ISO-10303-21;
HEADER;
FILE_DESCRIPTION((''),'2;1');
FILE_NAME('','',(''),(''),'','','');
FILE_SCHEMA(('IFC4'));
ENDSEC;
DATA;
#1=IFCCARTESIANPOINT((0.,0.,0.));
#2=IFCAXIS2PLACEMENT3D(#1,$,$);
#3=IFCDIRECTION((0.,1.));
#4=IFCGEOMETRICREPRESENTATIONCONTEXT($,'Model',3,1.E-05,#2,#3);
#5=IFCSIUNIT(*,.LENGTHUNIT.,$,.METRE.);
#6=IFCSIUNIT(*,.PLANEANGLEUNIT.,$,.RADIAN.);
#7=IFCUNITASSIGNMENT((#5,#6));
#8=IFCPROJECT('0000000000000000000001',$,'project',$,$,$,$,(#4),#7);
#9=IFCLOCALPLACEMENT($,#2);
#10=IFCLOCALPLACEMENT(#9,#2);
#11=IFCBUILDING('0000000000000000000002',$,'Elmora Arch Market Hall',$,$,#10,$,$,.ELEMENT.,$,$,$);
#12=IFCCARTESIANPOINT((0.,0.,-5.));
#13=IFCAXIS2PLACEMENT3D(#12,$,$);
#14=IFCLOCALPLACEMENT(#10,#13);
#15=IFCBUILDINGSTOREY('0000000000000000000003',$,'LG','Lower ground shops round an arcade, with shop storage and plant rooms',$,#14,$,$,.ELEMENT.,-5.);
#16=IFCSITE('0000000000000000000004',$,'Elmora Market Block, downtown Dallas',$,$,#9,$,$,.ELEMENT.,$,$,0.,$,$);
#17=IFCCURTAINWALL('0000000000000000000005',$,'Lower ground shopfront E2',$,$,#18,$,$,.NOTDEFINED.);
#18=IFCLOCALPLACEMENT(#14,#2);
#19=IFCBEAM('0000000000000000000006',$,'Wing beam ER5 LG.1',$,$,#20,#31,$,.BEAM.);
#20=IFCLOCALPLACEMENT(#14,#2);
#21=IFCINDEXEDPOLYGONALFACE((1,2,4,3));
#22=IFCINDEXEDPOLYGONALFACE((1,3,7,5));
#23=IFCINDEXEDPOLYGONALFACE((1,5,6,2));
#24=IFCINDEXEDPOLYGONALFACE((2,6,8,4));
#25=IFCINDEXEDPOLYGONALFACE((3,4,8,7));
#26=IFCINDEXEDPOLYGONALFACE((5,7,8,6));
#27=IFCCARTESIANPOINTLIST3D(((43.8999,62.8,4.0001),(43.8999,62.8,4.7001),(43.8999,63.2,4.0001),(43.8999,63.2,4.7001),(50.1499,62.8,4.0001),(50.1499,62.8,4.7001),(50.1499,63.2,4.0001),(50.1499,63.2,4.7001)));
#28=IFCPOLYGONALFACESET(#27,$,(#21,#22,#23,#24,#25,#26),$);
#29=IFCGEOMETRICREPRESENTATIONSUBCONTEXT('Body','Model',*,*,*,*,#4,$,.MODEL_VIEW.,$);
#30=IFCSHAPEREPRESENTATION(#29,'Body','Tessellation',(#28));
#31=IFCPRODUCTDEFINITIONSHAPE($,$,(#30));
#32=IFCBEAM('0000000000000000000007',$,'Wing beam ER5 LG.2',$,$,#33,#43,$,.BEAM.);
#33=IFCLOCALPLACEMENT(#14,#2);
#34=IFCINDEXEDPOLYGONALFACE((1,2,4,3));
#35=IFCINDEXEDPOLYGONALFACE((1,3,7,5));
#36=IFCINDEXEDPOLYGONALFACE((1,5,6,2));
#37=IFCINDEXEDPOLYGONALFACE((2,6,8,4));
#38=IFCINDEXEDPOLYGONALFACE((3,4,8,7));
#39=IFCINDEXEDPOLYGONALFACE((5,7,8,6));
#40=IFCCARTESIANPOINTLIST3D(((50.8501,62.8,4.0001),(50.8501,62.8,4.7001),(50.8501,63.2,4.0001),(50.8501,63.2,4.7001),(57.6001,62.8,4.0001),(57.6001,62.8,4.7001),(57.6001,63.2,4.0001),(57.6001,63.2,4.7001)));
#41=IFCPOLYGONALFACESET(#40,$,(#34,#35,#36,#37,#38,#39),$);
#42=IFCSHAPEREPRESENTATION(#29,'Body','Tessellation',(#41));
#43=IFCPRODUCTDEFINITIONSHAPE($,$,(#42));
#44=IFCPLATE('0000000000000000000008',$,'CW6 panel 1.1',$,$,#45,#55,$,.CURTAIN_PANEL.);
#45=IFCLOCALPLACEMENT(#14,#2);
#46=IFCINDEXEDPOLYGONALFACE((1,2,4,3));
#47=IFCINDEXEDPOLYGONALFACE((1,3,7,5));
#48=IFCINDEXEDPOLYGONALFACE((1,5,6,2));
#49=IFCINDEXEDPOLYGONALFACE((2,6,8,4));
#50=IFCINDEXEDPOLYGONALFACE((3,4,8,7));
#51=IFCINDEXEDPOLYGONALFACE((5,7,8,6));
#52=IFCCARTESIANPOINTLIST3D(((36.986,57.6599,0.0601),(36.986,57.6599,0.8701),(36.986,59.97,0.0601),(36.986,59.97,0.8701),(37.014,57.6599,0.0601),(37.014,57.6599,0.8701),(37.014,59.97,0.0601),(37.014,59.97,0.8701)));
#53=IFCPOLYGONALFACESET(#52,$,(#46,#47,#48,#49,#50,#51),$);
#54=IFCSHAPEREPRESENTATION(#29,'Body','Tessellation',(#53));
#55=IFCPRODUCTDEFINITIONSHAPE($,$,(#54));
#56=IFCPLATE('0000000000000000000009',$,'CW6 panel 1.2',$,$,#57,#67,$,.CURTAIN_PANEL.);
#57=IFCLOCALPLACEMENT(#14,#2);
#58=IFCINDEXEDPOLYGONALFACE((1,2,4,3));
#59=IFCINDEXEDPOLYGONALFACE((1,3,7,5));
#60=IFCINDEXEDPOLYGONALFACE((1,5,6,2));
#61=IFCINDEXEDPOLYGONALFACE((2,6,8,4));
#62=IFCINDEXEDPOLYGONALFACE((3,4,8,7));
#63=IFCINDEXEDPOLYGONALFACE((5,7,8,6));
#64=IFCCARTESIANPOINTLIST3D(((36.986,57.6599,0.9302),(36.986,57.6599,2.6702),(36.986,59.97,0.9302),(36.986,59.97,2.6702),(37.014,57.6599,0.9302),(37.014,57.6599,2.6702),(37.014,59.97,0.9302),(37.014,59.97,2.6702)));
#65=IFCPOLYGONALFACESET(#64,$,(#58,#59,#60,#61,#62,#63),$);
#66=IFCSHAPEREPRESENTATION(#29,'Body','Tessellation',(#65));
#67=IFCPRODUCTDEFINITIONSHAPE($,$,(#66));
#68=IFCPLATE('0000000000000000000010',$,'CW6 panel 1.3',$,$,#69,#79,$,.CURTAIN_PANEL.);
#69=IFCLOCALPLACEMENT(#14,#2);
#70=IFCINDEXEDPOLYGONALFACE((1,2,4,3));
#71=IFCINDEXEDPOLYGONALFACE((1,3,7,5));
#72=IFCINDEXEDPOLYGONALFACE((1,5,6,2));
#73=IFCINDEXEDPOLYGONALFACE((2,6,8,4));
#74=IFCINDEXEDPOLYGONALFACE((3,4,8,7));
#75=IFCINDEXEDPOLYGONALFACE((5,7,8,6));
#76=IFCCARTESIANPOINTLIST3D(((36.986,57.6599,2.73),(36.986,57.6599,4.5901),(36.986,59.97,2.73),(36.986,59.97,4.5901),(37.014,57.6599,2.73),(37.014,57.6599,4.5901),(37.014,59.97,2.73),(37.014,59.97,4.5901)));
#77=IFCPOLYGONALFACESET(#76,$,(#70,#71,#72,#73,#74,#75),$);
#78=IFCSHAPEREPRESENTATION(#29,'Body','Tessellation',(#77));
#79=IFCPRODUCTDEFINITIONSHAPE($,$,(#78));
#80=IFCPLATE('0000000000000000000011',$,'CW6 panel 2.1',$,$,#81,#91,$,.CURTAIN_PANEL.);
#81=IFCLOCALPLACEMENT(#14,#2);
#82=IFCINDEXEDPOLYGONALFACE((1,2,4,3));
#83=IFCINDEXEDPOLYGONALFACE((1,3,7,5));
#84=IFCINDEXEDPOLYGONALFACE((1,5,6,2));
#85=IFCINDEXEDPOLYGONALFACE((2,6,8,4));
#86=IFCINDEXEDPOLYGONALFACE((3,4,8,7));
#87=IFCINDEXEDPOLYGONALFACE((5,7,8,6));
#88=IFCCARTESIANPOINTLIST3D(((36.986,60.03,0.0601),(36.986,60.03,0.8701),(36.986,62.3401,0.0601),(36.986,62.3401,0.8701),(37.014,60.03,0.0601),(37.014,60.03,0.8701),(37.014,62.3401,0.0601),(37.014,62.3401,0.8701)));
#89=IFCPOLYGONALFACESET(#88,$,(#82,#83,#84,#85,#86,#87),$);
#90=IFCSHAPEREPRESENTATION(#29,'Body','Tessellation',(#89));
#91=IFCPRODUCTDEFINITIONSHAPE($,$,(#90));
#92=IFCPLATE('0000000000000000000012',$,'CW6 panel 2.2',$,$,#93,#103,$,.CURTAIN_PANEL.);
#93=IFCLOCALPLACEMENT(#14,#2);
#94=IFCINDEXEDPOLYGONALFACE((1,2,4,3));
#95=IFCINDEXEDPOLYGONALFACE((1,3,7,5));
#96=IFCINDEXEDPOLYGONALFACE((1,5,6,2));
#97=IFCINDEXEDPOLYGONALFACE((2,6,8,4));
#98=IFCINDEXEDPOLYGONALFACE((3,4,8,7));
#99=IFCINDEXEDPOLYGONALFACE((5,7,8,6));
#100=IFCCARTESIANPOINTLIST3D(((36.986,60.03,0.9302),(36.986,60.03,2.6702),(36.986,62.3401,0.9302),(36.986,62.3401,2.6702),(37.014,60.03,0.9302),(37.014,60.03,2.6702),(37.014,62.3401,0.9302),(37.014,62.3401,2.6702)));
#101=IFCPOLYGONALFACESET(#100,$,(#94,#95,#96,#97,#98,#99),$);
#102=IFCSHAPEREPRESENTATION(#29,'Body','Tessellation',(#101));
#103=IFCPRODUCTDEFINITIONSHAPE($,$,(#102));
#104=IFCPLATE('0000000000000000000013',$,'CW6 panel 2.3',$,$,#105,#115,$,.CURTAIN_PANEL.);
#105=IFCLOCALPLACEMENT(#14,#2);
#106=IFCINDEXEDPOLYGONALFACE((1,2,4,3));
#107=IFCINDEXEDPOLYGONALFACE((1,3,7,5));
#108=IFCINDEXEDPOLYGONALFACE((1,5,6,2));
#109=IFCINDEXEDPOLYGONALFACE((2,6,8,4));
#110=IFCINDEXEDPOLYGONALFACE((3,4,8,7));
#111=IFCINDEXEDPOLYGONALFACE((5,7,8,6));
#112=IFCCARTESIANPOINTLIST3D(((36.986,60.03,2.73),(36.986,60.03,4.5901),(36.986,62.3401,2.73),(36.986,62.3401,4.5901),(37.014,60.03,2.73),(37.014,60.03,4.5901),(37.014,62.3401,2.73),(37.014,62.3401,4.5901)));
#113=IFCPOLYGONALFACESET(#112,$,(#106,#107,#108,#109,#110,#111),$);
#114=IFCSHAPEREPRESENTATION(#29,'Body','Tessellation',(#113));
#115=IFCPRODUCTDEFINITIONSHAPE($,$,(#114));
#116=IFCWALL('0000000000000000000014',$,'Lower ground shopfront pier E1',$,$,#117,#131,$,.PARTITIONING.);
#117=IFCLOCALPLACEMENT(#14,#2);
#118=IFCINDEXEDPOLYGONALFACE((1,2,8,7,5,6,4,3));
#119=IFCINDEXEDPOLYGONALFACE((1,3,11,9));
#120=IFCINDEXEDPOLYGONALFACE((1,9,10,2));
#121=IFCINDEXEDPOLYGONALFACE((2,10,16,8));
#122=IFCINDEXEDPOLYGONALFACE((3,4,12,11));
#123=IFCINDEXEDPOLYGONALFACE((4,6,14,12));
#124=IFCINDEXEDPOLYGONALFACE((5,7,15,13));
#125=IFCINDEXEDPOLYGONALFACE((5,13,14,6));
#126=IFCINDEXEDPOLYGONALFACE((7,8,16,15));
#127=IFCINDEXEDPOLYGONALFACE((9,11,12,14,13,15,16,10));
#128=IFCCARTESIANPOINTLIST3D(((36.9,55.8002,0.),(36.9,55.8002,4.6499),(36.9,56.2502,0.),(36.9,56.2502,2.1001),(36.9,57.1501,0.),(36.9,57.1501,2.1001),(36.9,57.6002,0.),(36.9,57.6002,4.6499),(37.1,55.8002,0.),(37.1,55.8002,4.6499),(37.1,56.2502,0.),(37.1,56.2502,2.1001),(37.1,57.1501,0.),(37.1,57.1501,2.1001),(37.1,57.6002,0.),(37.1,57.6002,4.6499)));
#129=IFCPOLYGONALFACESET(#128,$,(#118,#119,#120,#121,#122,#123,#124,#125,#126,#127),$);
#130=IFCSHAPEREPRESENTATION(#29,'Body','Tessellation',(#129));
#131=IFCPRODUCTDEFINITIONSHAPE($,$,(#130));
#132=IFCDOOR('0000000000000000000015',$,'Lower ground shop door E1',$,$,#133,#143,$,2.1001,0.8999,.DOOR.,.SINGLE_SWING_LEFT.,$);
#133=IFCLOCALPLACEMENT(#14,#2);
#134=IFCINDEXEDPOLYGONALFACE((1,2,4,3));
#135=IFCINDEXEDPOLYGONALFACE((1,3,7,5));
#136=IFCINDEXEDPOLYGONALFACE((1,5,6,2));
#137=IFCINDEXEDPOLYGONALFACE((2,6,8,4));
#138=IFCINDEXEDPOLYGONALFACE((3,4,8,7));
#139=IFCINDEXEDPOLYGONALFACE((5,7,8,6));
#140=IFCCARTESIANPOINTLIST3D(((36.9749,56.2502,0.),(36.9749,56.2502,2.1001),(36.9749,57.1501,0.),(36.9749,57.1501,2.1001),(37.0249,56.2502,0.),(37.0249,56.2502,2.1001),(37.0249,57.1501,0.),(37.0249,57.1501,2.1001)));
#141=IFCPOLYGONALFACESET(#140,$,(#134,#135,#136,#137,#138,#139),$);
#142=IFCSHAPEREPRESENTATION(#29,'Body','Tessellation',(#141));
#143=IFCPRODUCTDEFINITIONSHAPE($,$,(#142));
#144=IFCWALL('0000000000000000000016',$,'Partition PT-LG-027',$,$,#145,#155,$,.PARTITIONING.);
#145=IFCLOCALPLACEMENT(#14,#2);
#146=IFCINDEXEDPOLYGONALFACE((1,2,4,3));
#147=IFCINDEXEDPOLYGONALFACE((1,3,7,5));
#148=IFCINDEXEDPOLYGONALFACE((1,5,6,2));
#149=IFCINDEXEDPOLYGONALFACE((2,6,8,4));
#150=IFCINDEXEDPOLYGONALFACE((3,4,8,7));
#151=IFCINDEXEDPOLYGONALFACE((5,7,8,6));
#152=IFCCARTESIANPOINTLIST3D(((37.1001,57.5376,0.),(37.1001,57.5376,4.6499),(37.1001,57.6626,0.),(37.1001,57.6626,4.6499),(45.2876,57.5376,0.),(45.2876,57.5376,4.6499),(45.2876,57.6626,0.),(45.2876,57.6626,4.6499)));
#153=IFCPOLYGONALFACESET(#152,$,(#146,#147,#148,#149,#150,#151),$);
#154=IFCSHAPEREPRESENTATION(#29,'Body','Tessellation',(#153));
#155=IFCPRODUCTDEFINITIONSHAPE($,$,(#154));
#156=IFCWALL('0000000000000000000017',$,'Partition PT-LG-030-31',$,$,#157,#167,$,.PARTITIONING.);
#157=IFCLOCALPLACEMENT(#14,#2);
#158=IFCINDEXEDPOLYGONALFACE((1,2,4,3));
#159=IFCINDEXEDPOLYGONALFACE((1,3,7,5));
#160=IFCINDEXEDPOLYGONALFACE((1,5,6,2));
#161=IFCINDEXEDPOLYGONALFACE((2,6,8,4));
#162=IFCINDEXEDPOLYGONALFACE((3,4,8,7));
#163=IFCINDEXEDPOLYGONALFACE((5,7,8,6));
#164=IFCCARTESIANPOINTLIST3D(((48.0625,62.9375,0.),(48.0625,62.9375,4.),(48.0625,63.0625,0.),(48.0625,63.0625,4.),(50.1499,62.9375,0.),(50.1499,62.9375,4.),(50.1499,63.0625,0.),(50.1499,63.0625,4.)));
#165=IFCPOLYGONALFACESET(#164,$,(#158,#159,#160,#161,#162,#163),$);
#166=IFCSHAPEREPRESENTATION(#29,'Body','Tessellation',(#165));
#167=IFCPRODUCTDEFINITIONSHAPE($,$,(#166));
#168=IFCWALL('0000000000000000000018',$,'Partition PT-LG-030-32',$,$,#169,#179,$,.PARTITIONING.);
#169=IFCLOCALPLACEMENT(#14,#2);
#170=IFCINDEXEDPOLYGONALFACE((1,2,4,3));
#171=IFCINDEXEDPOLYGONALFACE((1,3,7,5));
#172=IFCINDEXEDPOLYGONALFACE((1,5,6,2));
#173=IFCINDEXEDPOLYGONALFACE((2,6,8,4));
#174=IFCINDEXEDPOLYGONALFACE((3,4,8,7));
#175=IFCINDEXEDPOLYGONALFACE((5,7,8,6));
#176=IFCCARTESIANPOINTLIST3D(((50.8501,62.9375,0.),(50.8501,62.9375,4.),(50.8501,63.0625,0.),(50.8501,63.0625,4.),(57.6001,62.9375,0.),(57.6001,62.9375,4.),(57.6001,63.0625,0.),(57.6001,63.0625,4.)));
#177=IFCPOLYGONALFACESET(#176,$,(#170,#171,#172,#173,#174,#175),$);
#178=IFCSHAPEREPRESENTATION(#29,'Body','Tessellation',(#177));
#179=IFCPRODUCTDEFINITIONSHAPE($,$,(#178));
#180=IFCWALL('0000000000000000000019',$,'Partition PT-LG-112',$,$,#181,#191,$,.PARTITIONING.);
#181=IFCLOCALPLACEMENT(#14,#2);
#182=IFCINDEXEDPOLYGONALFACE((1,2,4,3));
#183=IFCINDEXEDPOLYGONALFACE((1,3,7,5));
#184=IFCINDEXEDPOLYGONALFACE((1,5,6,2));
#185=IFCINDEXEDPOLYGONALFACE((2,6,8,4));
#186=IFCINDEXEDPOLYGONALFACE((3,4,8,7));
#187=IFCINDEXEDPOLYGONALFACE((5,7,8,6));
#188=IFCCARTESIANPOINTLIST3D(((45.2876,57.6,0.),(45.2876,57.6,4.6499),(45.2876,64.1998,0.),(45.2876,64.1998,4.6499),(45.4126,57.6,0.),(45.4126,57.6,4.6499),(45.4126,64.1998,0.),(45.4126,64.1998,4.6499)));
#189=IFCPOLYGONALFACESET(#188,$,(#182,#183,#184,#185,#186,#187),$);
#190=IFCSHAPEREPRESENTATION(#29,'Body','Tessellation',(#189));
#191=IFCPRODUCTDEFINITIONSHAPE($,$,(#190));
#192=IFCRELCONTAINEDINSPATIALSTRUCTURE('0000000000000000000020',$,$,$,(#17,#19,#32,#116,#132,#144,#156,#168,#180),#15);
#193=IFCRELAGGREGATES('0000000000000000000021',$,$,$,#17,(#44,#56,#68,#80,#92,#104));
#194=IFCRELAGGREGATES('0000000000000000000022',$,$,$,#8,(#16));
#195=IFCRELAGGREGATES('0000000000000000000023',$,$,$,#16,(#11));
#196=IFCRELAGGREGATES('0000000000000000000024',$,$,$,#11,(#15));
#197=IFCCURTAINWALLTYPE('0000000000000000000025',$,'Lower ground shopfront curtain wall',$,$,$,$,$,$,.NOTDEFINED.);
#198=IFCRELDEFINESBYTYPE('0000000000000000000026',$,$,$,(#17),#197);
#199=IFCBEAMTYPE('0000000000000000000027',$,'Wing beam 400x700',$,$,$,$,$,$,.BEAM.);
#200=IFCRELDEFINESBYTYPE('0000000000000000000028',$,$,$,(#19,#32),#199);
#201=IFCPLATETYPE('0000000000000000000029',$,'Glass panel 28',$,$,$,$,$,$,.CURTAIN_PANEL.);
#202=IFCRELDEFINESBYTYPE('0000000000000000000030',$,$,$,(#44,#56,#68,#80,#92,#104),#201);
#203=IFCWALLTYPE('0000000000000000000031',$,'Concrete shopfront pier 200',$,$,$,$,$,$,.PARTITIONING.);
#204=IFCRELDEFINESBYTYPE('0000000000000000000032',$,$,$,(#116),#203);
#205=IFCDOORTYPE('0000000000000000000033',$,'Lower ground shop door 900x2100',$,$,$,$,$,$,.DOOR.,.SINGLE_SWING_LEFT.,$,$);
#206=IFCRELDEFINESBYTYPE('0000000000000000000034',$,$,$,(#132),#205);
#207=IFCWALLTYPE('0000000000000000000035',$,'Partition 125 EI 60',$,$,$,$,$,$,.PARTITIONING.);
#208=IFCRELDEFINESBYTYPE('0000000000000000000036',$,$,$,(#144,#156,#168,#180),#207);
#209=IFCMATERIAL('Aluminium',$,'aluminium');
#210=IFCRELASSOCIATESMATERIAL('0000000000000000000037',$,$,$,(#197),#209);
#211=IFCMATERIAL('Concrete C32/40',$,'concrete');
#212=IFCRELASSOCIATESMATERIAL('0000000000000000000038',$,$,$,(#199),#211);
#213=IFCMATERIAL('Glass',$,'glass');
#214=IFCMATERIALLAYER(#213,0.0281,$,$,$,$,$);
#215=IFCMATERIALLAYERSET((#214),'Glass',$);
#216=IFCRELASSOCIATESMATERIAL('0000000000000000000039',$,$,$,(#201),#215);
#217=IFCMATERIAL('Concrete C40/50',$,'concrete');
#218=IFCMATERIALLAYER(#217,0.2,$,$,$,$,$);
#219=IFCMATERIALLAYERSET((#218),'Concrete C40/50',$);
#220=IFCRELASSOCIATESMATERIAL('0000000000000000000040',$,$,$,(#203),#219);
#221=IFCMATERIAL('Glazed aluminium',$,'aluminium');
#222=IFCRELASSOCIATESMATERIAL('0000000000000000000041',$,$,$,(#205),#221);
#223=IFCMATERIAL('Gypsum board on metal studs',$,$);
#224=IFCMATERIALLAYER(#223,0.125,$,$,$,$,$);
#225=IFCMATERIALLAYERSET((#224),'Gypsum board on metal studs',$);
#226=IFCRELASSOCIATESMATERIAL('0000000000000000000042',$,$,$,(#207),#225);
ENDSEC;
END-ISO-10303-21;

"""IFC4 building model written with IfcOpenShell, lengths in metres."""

from ifc_helpers import new_model, si_unit, direction, frame, frame_2d, origin, origin_2d, place, context, subcontext, project, spatial, rectangle, extrude, material, layer, layer_set, material_profile, profile_set, type_object, element, fill, aggregate, save


model = new_model("IFC4")

# Units and contexts
model_context = context("Model", 3, precision=1e-05, world=origin(), true_north=direction((0.0, 1.0)))
body_context = subcontext(model_context, "Body", "Model", "MODEL_VIEW")
ifc_project = project(units=[si_unit("LENGTHUNIT", "METRE"), si_unit("PLANEANGLEUNIT", "RADIAN")], contexts=[model_context])

# Site, building, storey
site_placement = place(None, origin())
site = spatial("IfcSite", under=ifc_project, at=site_placement, Name="Elmora Market Block, downtown Dallas", CompositionType="ELEMENT", RefElevation=0.0)
building_placement = place(site_placement, origin())
building = spatial("IfcBuilding", under=site, at=building_placement, Name="Elmora Arch Market Hall", CompositionType="ELEMENT")
storey_placement = place(building_placement, frame((0.0, 0.0, -5.0)))
storey = spatial("IfcBuildingStorey", under=building, at=storey_placement, Name="LG", Description="Lower ground shops round an arcade, with shop storage and plant rooms", CompositionType="ELEMENT", Elevation=-5.0)

# Shared definitions
ifc_material_1 = material(Name="Aluminium", Category="aluminium")
curtain_wall_type = type_object("IfcCurtainWallType", Name="Lower ground shopfront curtain wall", PredefinedType="NOTDEFINED", material=ifc_material_1)

# Curtain wall
curtain_wall_1_placement = place(storey_placement, origin())
curtain_wall_1 = element("IfcCurtainWall", 1, at=curtain_wall_1_placement, inside=storey, type_object=curtain_wall_type, Name="Lower ground shopfront E2", PredefinedType="NOTDEFINED")

# Beams
ifc_material_2 = material(Name="Concrete C32/40", Category="concrete")
ifc_material_profile_1 = material_profile(ifc_material_2, rectangle(XDim=0.3999, YDim=0.7, at=origin_2d()), Name="Wing beam 400x700")
ifc_profile_set_1 = profile_set([ifc_material_profile_1], Name="Concrete C32/40")
beam_type = type_object("IfcBeamType", Name="Wing beam 400x700", PredefinedType="BEAM", material=ifc_profile_set_1)
beam_1_placement = place(storey_placement, frame((43.8999, 63.0, 4.3501), z_axis=(1.0, 0.0, 0.0), x_axis=(0.0, 1.0, 0.0)))
element("IfcBeam", 2, at=beam_1_placement, inside=storey, type_object=beam_type, Name="Wing beam ER5 LG.1", PredefinedType="BEAM", context=body_context, shape_type="SweptSolid", body=[
    extrude(rectangle(XDim=0.3999, YDim=0.7, at=origin_2d()), origin(), (0.0, 0.0, 1.0), 6.25),
])
beam_2_placement = place(storey_placement, frame((50.8501, 63.0, 4.3501), z_axis=(1.0, 0.0, 0.0), x_axis=(0.0, 1.0, 0.0)))
element("IfcBeam", 3, at=beam_2_placement, inside=storey, type_object=beam_type, Name="Wing beam ER5 LG.2", PredefinedType="BEAM", context=body_context, shape_type="SweptSolid", body=[
    extrude(rectangle(XDim=0.3999, YDim=0.7, at=origin_2d()), origin(), (0.0, 0.0, 1.0), 6.75),
])

# Plates
ifc_material_3 = material(Name="Glass", Category="glass")
ifc_layer_1 = layer(ifc_material_3, 0.0281)
ifc_layer_set_1 = layer_set([ifc_layer_1], Name="Glass")
plate_type = type_object("IfcPlateType", Name="Glass panel 28", PredefinedType="CURTAIN_PANEL", material=ifc_layer_set_1)
plate_1_placement = place(storey_placement, frame((37.0, 58.8149, 0.0601), z_axis=(0.0, 0.0, 1.0), x_axis=(0.0, 1.0, 0.0)))
plate_1 = element("IfcPlate", 4, at=plate_1_placement, type_object=plate_type, Name="CW6 panel 1.1", PredefinedType="CURTAIN_PANEL", context=body_context, shape_type="SweptSolid", body=[
    extrude(rectangle(XDim=2.3101, YDim=0.0281, at=origin_2d()), origin(), (0.0, 0.0, 1.0), 0.8101),
])
plate_2_placement = place(storey_placement, frame((37.0, 58.8149, 0.9302), z_axis=(0.0, 0.0, 1.0), x_axis=(0.0, 1.0, 0.0)))
plate_2 = element("IfcPlate", 5, at=plate_2_placement, type_object=plate_type, Name="CW6 panel 1.2", PredefinedType="CURTAIN_PANEL", context=body_context, shape_type="SweptSolid", body=[
    extrude(rectangle(XDim=2.3101, YDim=0.0281, at=origin_2d()), origin(), (0.0, 0.0, 1.0), 1.74),
])
plate_3_placement = place(storey_placement, frame((37.0, 58.8149, 2.73), z_axis=(0.0, 0.0, 1.0), x_axis=(0.0, 1.0, 0.0)))
plate_3 = element("IfcPlate", 6, at=plate_3_placement, type_object=plate_type, Name="CW6 panel 1.3", PredefinedType="CURTAIN_PANEL", context=body_context, shape_type="SweptSolid", body=[
    extrude(rectangle(XDim=2.3101, YDim=0.0281, at=origin_2d()), origin(), (0.0, 0.0, 1.0), 1.8601),
])
plate_4_placement = place(storey_placement, frame((37.0, 61.1851, 0.0601), z_axis=(0.0, 0.0, 1.0), x_axis=(0.0, 1.0, 0.0)))
plate_4 = element("IfcPlate", 7, at=plate_4_placement, type_object=plate_type, Name="CW6 panel 2.1", PredefinedType="CURTAIN_PANEL", context=body_context, shape_type="SweptSolid", body=[
    extrude(rectangle(XDim=2.3101, YDim=0.0281, at=origin_2d()), origin(), (0.0, 0.0, 1.0), 0.8101),
])
plate_5_placement = place(storey_placement, frame((37.0, 61.1851, 0.9302), z_axis=(0.0, 0.0, 1.0), x_axis=(0.0, 1.0, 0.0)))
plate_5 = element("IfcPlate", 8, at=plate_5_placement, type_object=plate_type, Name="CW6 panel 2.2", PredefinedType="CURTAIN_PANEL", context=body_context, shape_type="SweptSolid", body=[
    extrude(rectangle(XDim=2.3101, YDim=0.0281, at=origin_2d()), origin(), (0.0, 0.0, 1.0), 1.74),
])
plate_6_placement = place(storey_placement, frame((37.0, 61.1851, 2.73), z_axis=(0.0, 0.0, 1.0), x_axis=(0.0, 1.0, 0.0)))
plate_6 = element("IfcPlate", 9, at=plate_6_placement, type_object=plate_type, Name="CW6 panel 2.3", PredefinedType="CURTAIN_PANEL", context=body_context, shape_type="SweptSolid", body=[
    extrude(rectangle(XDim=2.3101, YDim=0.0281, at=origin_2d()), origin(), (0.0, 0.0, 1.0), 1.8601),
])
aggregate(curtain_wall_1, [plate_1, plate_2, plate_3, plate_4, plate_5, plate_6])

# Wall, opening, door
ifc_material_4 = material(Name="Concrete C40/50", Category="concrete")
ifc_layer_2 = layer(ifc_material_4, 0.2)
ifc_layer_set_2 = layer_set([ifc_layer_2], Name="Concrete C40/50")
wall_type_1 = type_object("IfcWallType", Name="Concrete shopfront pier 200", PredefinedType="PARTITIONING", material=ifc_layer_set_2)
wall_1_placement = place(storey_placement, frame((37.0, 57.6001, 0.0), z_axis=(0.0, 0.0, 1.0), x_axis=(0.0, -1.0, 0.0)))
wall_1 = element("IfcWall", 10, at=wall_1_placement, inside=storey, type_object=wall_type_1, Name="Lower ground shopfront pier E1", PredefinedType="PARTITIONING", context=body_context, shape_type="SweptSolid", body=[
    extrude(rectangle(XDim=1.8, YDim=0.2, at=frame_2d((0.8999, 0.0))), origin(), (0.0, 0.0, 1.0), 4.6499),
])
opening_1_placement = place(wall_1_placement, frame((0.45, 0.0, 0.0)))
opening_1 = element("IfcOpeningElement", 11, at=opening_1_placement, cuts=wall_1, PredefinedType="OPENING", context=body_context, shape_type="SweptSolid", body=[
    extrude(rectangle(XDim=0.8999, YDim=2.1001, at=frame_2d((0.45, 1.05))), frame((0.0, 0.1099, 0.0), z_axis=(0.0, -1.0, 0.0), x_axis=(1.0, 0.0, 0.0)), (0.0, 0.0, 1.0), 0.22),
])
ifc_material_5 = material(Name="Glazed aluminium", Category="aluminium")
door_type_1 = type_object("IfcDoorType", Name="Lower ground shop door 900x2100", OperationType="SINGLE_SWING_LEFT", PredefinedType="DOOR", material=ifc_material_5)
door_1_placement = place(opening_1_placement, origin())
door_1 = element("IfcDoor", 12, at=door_1_placement, inside=storey, type_object=door_type_1, Name="Lower ground shop door E1", OperationType="SINGLE_SWING_LEFT", OverallHeight=2.1001, OverallWidth=0.8999, PredefinedType="DOOR", context=body_context, shape_type="SweptSolid", body=[
    extrude(rectangle(XDim=0.8999, YDim=2.1001, at=frame_2d((0.45, 1.05))), frame((0.0, 0.0249, 0.0), z_axis=(0.0, -1.0, 0.0), x_axis=(1.0, 0.0, 0.0)), (0.0, 0.0, 1.0), 0.05),
])
fill(opening_1, door_1)

# Walls
ifc_material_6 = material(Name="Gypsum board on metal studs")
ifc_layer_3 = layer(ifc_material_6, 0.125)
ifc_layer_set_3 = layer_set([ifc_layer_3], Name="Gypsum board on metal studs")
wall_type_2 = type_object("IfcWallType", Name="Partition 125 EI 60", PredefinedType="PARTITIONING", material=ifc_layer_set_3)
wall_2_placement = place(storey_placement, frame((37.1001, 57.6001, 0.0), z_axis=(0.0, 0.0, 1.0), x_axis=(1.0, 0.0, 0.0)))
element("IfcWall", 13, at=wall_2_placement, inside=storey, type_object=wall_type_2, Name="Partition PT-LG-027", PredefinedType="PARTITIONING", context=body_context, shape_type="SweptSolid", body=[
    extrude(rectangle(XDim=8.1875, YDim=0.125, at=frame_2d((4.0938, 0.0))), origin(), (0.0, 0.0, 1.0), 4.6499),
])
wall_3_placement = place(storey_placement, frame((48.0625, 63.0, 0.0), z_axis=(0.0, 0.0, 1.0), x_axis=(1.0, 0.0, 0.0)))
element("IfcWall", 14, at=wall_3_placement, inside=storey, type_object=wall_type_2, Name="Partition PT-LG-030-31", PredefinedType="PARTITIONING", context=body_context, shape_type="SweptSolid", body=[
    extrude(rectangle(XDim=2.0874, YDim=0.125, at=frame_2d((1.0437, 0.0))), origin(), (0.0, 0.0, 1.0), 4.0),
])
wall_4_placement = place(storey_placement, frame((50.8501, 63.0, 0.0), z_axis=(0.0, 0.0, 1.0), x_axis=(1.0, 0.0, 0.0)))
element("IfcWall", 15, at=wall_4_placement, inside=storey, type_object=wall_type_2, Name="Partition PT-LG-030-32", PredefinedType="PARTITIONING", context=body_context, shape_type="SweptSolid", body=[
    extrude(rectangle(XDim=6.75, YDim=0.125, at=frame_2d((3.375, 0.0))), origin(), (0.0, 0.0, 1.0), 4.0),
])
wall_5_placement = place(storey_placement, frame((45.3501, 57.6001, 0.0), z_axis=(0.0, 0.0, 1.0), x_axis=(0.0, 1.0, 0.0)))
element("IfcWall", 16, at=wall_5_placement, inside=storey, type_object=wall_type_2, Name="Partition PT-LG-112", PredefinedType="PARTITIONING", context=body_context, shape_type="SweptSolid", body=[
    extrude(rectangle(XDim=6.5999, YDim=0.125, at=frame_2d((3.2998, 0.0))), origin(), (0.0, 0.0, 1.0), 4.6499),
])

save(model, "model.ifc")
